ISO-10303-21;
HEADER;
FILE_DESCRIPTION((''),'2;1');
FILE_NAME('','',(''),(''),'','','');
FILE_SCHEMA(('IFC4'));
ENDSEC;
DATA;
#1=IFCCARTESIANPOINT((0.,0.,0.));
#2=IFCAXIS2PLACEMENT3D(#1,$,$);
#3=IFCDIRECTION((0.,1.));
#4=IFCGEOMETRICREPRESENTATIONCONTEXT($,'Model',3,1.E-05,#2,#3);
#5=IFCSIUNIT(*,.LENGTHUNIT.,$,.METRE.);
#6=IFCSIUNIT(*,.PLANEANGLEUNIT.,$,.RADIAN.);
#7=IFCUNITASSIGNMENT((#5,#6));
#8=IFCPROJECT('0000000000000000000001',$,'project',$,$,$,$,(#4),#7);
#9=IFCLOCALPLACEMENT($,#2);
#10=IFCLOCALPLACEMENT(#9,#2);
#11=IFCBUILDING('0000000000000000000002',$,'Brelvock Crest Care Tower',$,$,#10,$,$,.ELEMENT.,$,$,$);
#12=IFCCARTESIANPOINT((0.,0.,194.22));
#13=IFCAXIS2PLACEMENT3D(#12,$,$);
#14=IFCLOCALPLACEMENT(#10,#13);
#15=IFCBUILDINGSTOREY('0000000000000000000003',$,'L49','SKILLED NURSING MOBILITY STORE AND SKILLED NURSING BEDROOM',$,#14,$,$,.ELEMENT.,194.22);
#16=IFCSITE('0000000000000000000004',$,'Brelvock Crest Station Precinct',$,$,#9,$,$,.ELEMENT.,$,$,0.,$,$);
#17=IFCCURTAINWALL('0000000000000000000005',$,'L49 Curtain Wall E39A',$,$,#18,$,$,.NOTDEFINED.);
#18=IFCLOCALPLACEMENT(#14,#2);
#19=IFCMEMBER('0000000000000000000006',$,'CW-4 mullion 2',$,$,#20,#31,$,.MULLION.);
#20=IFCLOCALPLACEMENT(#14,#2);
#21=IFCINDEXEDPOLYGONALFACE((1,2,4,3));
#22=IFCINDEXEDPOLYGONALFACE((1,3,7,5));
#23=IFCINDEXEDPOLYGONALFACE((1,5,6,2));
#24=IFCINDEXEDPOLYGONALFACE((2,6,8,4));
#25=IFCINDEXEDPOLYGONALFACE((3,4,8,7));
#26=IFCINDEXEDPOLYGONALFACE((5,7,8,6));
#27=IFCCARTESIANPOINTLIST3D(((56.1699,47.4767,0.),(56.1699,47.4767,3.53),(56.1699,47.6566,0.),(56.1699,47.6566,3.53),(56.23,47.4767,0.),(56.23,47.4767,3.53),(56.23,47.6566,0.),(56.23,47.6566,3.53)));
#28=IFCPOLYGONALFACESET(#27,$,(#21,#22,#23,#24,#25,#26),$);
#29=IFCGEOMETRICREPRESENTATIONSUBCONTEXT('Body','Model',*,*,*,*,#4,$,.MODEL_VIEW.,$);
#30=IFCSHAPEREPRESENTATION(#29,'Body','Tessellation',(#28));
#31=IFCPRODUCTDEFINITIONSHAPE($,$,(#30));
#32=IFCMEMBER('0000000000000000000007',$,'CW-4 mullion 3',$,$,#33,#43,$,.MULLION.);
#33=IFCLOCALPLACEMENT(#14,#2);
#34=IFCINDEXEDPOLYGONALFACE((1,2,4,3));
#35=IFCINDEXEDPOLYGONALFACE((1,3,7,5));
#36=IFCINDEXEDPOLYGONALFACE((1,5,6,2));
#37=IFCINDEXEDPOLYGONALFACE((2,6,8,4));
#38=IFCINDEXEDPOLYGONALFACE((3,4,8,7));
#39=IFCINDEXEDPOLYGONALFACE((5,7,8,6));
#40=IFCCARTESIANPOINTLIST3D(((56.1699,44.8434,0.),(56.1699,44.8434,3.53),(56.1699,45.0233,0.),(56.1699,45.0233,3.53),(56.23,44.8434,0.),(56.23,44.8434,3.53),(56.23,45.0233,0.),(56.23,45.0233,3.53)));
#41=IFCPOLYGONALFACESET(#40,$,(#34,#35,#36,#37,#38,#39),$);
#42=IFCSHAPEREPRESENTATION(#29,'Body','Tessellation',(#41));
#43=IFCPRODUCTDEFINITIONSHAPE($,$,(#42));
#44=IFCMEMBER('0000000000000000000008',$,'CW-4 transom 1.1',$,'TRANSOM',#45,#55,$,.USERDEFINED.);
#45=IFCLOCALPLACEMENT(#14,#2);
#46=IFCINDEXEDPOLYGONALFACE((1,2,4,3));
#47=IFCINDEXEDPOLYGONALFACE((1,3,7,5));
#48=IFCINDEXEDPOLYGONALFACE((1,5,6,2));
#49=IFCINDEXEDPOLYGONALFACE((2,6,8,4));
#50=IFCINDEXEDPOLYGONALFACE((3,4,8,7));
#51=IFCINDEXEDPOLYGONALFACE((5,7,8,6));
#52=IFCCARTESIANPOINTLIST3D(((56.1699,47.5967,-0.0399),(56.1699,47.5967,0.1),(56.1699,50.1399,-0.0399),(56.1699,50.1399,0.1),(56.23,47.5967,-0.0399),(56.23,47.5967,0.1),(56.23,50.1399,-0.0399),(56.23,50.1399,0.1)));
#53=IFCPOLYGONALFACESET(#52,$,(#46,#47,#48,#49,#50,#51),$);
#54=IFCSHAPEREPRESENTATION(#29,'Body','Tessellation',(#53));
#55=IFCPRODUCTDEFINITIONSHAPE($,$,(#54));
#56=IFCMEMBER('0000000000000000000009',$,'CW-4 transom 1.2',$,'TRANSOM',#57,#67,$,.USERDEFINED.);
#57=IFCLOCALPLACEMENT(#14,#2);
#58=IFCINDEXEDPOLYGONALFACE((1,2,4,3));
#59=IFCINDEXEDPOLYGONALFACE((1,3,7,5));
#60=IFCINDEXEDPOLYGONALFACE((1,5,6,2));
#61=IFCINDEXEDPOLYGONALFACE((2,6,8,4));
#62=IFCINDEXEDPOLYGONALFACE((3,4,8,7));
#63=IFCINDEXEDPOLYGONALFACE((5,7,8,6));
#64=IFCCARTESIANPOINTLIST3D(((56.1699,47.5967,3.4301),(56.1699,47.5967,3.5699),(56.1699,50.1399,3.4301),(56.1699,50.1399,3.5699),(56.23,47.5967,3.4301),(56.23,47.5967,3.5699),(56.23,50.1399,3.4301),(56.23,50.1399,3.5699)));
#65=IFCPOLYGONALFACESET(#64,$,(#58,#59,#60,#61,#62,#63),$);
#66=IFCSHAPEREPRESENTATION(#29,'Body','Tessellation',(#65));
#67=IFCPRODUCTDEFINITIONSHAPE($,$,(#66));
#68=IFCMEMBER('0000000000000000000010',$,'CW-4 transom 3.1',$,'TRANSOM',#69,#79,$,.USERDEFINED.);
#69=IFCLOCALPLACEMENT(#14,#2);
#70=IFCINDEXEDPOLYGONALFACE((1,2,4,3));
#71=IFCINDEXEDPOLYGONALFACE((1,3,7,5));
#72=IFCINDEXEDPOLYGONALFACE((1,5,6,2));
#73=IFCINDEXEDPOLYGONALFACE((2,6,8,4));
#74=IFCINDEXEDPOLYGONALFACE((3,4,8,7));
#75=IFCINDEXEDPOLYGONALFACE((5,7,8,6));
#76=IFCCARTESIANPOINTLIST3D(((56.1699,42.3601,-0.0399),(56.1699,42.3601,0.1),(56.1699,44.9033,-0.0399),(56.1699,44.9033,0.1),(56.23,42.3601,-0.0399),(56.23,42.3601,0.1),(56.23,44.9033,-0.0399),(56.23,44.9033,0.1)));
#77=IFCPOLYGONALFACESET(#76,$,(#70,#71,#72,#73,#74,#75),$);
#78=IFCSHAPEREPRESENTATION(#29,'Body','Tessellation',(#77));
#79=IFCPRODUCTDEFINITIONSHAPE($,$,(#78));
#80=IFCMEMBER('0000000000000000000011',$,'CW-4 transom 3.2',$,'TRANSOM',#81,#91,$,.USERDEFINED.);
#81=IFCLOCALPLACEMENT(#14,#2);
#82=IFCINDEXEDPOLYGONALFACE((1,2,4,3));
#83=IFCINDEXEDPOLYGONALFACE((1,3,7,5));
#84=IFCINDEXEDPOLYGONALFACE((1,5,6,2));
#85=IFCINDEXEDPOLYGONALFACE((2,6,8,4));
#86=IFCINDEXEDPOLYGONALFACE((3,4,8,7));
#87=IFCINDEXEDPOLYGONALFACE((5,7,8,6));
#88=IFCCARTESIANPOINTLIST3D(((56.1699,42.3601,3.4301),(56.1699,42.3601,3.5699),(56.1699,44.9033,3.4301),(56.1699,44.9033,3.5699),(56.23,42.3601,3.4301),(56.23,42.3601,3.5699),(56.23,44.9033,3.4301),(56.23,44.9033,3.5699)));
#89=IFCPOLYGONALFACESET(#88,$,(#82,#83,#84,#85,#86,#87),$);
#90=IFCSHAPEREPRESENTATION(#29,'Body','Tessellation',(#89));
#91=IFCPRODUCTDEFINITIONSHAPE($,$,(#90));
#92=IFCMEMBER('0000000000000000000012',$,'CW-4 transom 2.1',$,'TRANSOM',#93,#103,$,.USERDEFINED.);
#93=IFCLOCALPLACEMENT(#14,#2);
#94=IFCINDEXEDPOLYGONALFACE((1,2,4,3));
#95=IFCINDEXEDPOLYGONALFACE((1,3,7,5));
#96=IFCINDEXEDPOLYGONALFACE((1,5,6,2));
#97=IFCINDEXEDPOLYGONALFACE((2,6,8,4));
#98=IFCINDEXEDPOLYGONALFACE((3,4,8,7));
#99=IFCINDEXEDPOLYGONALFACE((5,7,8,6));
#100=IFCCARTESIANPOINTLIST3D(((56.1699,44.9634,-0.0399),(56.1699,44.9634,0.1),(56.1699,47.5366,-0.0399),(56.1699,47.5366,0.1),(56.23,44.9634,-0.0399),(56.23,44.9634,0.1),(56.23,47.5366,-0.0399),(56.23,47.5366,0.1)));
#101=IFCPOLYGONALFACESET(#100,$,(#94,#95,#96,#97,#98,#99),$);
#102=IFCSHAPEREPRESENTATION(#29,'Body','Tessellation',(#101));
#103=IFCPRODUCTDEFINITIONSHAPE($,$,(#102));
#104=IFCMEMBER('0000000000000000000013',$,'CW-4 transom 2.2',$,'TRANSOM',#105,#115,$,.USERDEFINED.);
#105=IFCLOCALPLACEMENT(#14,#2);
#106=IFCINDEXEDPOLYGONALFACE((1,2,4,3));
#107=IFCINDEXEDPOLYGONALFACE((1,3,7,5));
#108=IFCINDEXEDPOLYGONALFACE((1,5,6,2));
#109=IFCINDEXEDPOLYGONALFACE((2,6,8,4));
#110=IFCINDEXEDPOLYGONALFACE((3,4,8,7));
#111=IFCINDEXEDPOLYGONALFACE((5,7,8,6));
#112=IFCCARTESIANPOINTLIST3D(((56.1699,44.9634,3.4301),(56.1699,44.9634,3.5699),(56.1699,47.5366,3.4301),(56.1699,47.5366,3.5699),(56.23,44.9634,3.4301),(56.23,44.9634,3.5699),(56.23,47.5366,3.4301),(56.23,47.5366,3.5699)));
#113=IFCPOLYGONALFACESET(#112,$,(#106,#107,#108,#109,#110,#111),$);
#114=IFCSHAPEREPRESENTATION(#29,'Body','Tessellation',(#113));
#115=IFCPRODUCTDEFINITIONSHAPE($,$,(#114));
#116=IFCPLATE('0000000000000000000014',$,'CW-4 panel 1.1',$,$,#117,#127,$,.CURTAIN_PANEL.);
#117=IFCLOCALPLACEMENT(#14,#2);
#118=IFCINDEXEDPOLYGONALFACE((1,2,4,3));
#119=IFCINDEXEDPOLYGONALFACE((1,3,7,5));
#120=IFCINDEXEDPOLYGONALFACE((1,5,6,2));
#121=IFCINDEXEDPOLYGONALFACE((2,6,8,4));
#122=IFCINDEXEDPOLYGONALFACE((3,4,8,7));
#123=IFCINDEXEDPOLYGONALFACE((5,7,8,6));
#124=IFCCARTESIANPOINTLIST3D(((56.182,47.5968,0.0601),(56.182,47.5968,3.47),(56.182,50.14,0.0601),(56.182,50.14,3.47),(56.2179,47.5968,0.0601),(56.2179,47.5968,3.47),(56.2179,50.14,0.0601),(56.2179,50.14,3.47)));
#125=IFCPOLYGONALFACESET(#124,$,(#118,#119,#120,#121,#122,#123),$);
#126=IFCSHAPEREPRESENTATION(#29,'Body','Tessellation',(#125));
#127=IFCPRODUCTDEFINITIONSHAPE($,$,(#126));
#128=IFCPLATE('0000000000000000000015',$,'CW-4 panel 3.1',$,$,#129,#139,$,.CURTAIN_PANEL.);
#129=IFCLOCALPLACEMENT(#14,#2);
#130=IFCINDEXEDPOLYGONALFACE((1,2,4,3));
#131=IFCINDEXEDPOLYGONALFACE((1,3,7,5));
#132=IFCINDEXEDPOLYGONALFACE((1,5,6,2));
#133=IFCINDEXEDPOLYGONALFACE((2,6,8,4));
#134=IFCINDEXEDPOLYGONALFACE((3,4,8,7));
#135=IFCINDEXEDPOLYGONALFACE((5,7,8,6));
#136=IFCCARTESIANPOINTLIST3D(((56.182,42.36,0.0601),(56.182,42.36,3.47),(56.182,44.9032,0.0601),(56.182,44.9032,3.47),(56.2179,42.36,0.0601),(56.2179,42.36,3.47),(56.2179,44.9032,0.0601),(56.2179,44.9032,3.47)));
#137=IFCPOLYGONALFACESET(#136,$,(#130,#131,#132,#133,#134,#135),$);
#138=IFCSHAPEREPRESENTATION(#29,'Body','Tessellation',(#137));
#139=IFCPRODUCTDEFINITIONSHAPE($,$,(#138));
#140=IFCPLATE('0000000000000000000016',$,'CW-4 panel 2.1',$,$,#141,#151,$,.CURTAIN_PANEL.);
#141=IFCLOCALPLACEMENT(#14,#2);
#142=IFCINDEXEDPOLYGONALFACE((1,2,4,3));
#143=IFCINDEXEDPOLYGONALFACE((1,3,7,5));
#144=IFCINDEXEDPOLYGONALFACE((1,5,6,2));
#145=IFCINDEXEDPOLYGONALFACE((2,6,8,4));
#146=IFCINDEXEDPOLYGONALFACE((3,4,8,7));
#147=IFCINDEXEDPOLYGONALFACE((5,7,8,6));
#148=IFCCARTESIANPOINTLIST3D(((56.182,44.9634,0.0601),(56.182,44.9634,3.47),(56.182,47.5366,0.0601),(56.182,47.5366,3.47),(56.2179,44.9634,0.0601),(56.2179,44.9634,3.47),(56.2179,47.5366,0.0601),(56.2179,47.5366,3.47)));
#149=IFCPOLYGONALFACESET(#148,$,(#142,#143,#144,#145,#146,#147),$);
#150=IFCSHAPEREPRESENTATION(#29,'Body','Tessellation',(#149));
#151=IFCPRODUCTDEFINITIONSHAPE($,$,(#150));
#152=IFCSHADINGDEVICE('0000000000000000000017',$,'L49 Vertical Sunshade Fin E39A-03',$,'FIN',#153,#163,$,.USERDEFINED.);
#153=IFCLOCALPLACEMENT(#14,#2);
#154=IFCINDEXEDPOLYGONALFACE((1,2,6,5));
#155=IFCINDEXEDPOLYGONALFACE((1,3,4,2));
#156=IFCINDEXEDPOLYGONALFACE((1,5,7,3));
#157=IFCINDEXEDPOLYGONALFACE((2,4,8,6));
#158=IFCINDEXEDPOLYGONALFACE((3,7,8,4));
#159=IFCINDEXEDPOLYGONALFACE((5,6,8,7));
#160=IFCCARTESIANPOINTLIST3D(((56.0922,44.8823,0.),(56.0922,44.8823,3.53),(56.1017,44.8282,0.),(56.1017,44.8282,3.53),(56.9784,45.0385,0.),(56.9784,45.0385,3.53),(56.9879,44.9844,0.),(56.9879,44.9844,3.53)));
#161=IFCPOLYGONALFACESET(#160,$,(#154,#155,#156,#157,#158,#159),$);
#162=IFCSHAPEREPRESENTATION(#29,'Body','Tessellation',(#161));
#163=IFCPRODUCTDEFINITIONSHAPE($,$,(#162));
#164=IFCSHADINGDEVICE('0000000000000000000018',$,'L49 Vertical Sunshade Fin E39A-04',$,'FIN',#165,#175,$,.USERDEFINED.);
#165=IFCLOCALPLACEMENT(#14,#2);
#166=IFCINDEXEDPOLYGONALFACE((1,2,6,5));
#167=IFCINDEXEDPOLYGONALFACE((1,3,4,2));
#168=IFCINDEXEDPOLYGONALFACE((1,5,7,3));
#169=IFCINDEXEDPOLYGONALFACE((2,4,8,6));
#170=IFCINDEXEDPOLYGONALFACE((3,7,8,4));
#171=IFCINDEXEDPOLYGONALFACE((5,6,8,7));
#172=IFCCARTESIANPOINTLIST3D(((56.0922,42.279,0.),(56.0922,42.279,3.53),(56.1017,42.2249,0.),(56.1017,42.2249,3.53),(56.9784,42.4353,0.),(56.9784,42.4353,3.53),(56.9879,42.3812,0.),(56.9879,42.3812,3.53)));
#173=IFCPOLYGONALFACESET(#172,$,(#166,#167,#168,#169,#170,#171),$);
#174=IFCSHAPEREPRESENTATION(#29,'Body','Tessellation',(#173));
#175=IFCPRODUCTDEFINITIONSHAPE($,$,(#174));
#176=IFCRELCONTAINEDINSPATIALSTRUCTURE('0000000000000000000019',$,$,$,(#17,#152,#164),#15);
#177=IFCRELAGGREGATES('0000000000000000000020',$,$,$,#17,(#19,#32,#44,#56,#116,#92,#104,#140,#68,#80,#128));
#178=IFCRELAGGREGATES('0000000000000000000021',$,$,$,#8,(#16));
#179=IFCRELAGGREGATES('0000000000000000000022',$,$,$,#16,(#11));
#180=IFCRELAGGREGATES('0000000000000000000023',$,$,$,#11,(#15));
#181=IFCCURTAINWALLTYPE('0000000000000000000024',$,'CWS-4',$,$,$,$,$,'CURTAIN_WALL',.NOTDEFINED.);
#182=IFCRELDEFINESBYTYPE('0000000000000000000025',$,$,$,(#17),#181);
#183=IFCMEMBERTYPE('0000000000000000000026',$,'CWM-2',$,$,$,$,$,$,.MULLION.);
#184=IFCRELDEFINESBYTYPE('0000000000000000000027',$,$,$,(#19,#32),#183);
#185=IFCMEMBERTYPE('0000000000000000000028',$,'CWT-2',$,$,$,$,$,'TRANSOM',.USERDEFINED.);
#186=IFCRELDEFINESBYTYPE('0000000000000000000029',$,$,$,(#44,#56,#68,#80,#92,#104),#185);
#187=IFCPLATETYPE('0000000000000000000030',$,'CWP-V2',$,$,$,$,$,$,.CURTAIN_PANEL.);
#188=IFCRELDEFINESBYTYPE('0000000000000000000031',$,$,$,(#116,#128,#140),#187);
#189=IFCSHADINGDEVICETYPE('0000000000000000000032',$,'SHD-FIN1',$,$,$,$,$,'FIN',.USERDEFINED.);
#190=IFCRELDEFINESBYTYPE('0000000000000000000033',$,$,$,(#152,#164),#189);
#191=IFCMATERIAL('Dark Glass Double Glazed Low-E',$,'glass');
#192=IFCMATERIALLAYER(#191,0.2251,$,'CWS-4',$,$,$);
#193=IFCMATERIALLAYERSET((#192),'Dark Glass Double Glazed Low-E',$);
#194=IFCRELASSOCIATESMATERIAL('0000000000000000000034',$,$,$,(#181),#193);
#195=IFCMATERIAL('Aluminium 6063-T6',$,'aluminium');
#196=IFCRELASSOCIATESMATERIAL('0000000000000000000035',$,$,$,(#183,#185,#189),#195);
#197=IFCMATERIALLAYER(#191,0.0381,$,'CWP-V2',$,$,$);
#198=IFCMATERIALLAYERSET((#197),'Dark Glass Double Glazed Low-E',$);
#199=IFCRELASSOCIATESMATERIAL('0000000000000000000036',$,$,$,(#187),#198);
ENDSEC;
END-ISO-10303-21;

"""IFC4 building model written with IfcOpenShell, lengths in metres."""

from ifc_helpers import new_model, si_unit, direction, frame, origin, origin_2d, place, context, subcontext, project, spatial, rectangle, extrude, source, transform, mapped, material, layer, layer_set, material_profile, profile_set, type_object, element, aggregate, save


model = new_model("IFC4")

# Units and contexts
model_context = context("Model", 3, precision=1e-05, world=origin(), true_north=direction((0.0, 1.0)))
body_context = subcontext(model_context, "Body", "Model", "MODEL_VIEW")
ifc_project = project(units=[si_unit("LENGTHUNIT", "METRE"), si_unit("PLANEANGLEUNIT", "RADIAN")], contexts=[model_context])

# Site, building, storey
site_placement = place(None, origin())
site = spatial("IfcSite", under=ifc_project, at=site_placement, Name="Brelvock Crest Station Precinct", CompositionType="ELEMENT", RefElevation=0.0)
building_placement = place(site_placement, origin())
building = spatial("IfcBuilding", under=site, at=building_placement, Name="Brelvock Crest Care Tower", CompositionType="ELEMENT")
storey_placement = place(building_placement, frame((0.0, 0.0, 194.22)))
storey = spatial("IfcBuildingStorey", under=building, at=storey_placement, Name="L49", Description="SKILLED NURSING MOBILITY STORE AND SKILLED NURSING BEDROOM", CompositionType="ELEMENT", Elevation=194.22)

# Curtain wall, members, plates
ifc_material_1 = material(Name="Dark Glass Double Glazed Low-E", Category="glass")
ifc_layer_1 = layer(ifc_material_1, 0.2251, Name="CWS-4")
ifc_layer_set_1 = layer_set([ifc_layer_1], Name="Dark Glass Double Glazed Low-E")
curtain_wall_type = type_object("IfcCurtainWallType", Name="CWS-4", ElementType="CURTAIN_WALL", PredefinedType="NOTDEFINED", material=ifc_layer_set_1)
curtain_wall_placement = place(storey_placement, origin())
curtain_wall = element("IfcCurtainWall", 1, at=curtain_wall_placement, inside=storey, type_object=curtain_wall_type, Name="L49 Curtain Wall E39A", PredefinedType="NOTDEFINED")
ifc_material_2 = material(Name="Aluminium 6063-T6", Category="aluminium")
ifc_material_profile_1 = material_profile(ifc_material_2, rectangle(XDim=0.0601, YDim=0.1799, at=origin_2d()), Name="ALU60x180")
ifc_profile_set_1 = profile_set([ifc_material_profile_1], Name="Aluminium 6063-T6")
member_type_1 = type_object("IfcMemberType", Name="CWM-2", PredefinedType="MULLION", material=ifc_profile_set_1)
shared_shape_1 = source(origin(), body_context, "Body", "SweptSolid", [
    extrude(rectangle(XDim=0.0601, YDim=0.1799, at=origin_2d()), origin(), (0.0, 0.0, 1.0), 3.53),
])
member_1_placement = place(storey_placement, frame((56.2, 47.5667, 0.0), z_axis=(0.0, 0.0, 1.0), x_axis=(1.0, 0.0, 0.0)))
member_1 = element("IfcMember", 2, at=member_1_placement, type_object=member_type_1, Name="CW-4 mullion 2", PredefinedType="MULLION", context=body_context, shape_type="MappedRepresentation", body=[
    mapped(shared_shape_1, transform((0.0, 0.0, 0.0), x_axis=(1.0, 0.0, 0.0), y_axis=(0.0, 1.0, 0.0), z_axis=(0.0, 0.0, 1.0), scale=1.0)),
])
member_2_placement = place(storey_placement, frame((56.2, 44.9333, 0.0), z_axis=(0.0, 0.0, 1.0), x_axis=(1.0, 0.0, 0.0)))
member_2 = element("IfcMember", 3, at=member_2_placement, type_object=member_type_1, Name="CW-4 mullion 3", PredefinedType="MULLION", context=body_context, shape_type="MappedRepresentation", body=[
    mapped(shared_shape_1, transform((0.0, 0.0, 0.0), x_axis=(1.0, 0.0, 0.0), y_axis=(0.0, 1.0, 0.0), z_axis=(0.0, 0.0, 1.0), scale=1.0)),
])
ifc_material_profile_2 = material_profile(ifc_material_2, rectangle(XDim=0.0601, YDim=0.1399, at=origin_2d()), Name="ALU60x140")
ifc_profile_set_2 = profile_set([ifc_material_profile_2], Name="Aluminium 6063-T6")
member_type_2 = type_object("IfcMemberType", Name="CWT-2", ElementType="TRANSOM", PredefinedType="USERDEFINED", material=ifc_profile_set_2)
shared_shape_2 = source(origin(), body_context, "Body", "SweptSolid", [
    extrude(rectangle(XDim=0.0601, YDim=0.1399, at=origin_2d()), origin(), (0.0, 0.0, 1.0), 2.5432),
])
member_3_placement = place(storey_placement, frame((56.2, 50.1399, 0.03), z_axis=(0.0, -1.0, 0.0), x_axis=(1.0, 0.0, 0.0)))
member_3 = element("IfcMember", 4, at=member_3_placement, type_object=member_type_2, Name="CW-4 transom 1.1", ObjectType="TRANSOM", PredefinedType="USERDEFINED", context=body_context, shape_type="MappedRepresentation", body=[
    mapped(shared_shape_2, transform((0.0, 0.0, 0.0), x_axis=(1.0, 0.0, 0.0), y_axis=(0.0, 1.0, 0.0), z_axis=(0.0, 0.0, 1.0), scale=1.0)),
])
member_4_placement = place(storey_placement, frame((56.2, 50.1399, 3.5), z_axis=(0.0, -1.0, 0.0), x_axis=(1.0, 0.0, 0.0)))
member_4 = element("IfcMember", 5, at=member_4_placement, type_object=member_type_2, Name="CW-4 transom 1.2", ObjectType="TRANSOM", PredefinedType="USERDEFINED", context=body_context, shape_type="MappedRepresentation", body=[
    mapped(shared_shape_2, transform((0.0, 0.0, 0.0), x_axis=(1.0, 0.0, 0.0), y_axis=(0.0, 1.0, 0.0), z_axis=(0.0, 0.0, 1.0), scale=1.0)),
])
member_5_placement = place(storey_placement, frame((56.2, 44.9033, 0.03), z_axis=(0.0, -1.0, 0.0), x_axis=(1.0, 0.0, 0.0)))
member_5 = element("IfcMember", 6, at=member_5_placement, type_object=member_type_2, Name="CW-4 transom 3.1", ObjectType="TRANSOM", PredefinedType="USERDEFINED", context=body_context, shape_type="MappedRepresentation", body=[
    mapped(shared_shape_2, transform((0.0, 0.0, 0.0), x_axis=(1.0, 0.0, 0.0), y_axis=(0.0, 1.0, 0.0), z_axis=(0.0, 0.0, 1.0), scale=1.0)),
])
member_6_placement = place(storey_placement, frame((56.2, 44.9033, 3.5), z_axis=(0.0, -1.0, 0.0), x_axis=(1.0, 0.0, 0.0)))
member_6 = element("IfcMember", 7, at=member_6_placement, type_object=member_type_2, Name="CW-4 transom 3.2", ObjectType="TRANSOM", PredefinedType="USERDEFINED", context=body_context, shape_type="MappedRepresentation", body=[
    mapped(shared_shape_2, transform((0.0, 0.0, 0.0), x_axis=(1.0, 0.0, 0.0), y_axis=(0.0, 1.0, 0.0), z_axis=(0.0, 0.0, 1.0), scale=1.0)),
])
shared_shape_3 = source(origin(), body_context, "Body", "SweptSolid", [
    extrude(rectangle(XDim=0.0601, YDim=0.1399, at=origin_2d()), origin(), (0.0, 0.0, 1.0), 2.5732),
])
member_7_placement = place(storey_placement, frame((56.2, 47.5366, 0.03), z_axis=(0.0, -1.0, 0.0), x_axis=(1.0, 0.0, 0.0)))
member_7 = element("IfcMember", 8, at=member_7_placement, type_object=member_type_2, Name="CW-4 transom 2.1", ObjectType="TRANSOM", PredefinedType="USERDEFINED", context=body_context, shape_type="MappedRepresentation", body=[
    mapped(shared_shape_3, transform((0.0, 0.0, 0.0), x_axis=(1.0, 0.0, 0.0), y_axis=(0.0, 1.0, 0.0), z_axis=(0.0, 0.0, 1.0), scale=1.0)),
])
member_8_placement = place(storey_placement, frame((56.2, 47.5366, 3.5), z_axis=(0.0, -1.0, 0.0), x_axis=(1.0, 0.0, 0.0)))
member_8 = element("IfcMember", 9, at=member_8_placement, type_object=member_type_2, Name="CW-4 transom 2.2", ObjectType="TRANSOM", PredefinedType="USERDEFINED", context=body_context, shape_type="MappedRepresentation", body=[
    mapped(shared_shape_3, transform((0.0, 0.0, 0.0), x_axis=(1.0, 0.0, 0.0), y_axis=(0.0, 1.0, 0.0), z_axis=(0.0, 0.0, 1.0), scale=1.0)),
])
ifc_layer_2 = layer(ifc_material_1, 0.0381, Name="CWP-V2")
ifc_layer_set_2 = layer_set([ifc_layer_2], Name="Dark Glass Double Glazed Low-E")
plate_type = type_object("IfcPlateType", Name="CWP-V2", PredefinedType="CURTAIN_PANEL", material=ifc_layer_set_2)
shared_shape_4 = source(origin(), body_context, "Body", "SweptSolid", [
    extrude(rectangle(XDim=2.5432, YDim=0.0359, at=origin_2d()), origin(), (0.0, 0.0, 1.0), 3.4099),
])
plate_1_placement = place(storey_placement, frame((56.2, 48.8684, 0.0601), z_axis=(0.0, 0.0, 1.0), x_axis=(0.0, -1.0, 0.0)))
plate_1 = element("IfcPlate", 10, at=plate_1_placement, type_object=plate_type, Name="CW-4 panel 1.1", PredefinedType="CURTAIN_PANEL", context=body_context, shape_type="MappedRepresentation", body=[
    mapped(shared_shape_4, transform((0.0, 0.0, 0.0), x_axis=(1.0, 0.0, 0.0), y_axis=(0.0, 1.0, 0.0), z_axis=(0.0, 0.0, 1.0), scale=1.0)),
])
plate_2_placement = place(storey_placement, frame((56.2, 43.6316, 0.0601), z_axis=(0.0, 0.0, 1.0), x_axis=(0.0, -1.0, 0.0)))
plate_2 = element("IfcPlate", 11, at=plate_2_placement, type_object=plate_type, Name="CW-4 panel 3.1", PredefinedType="CURTAIN_PANEL", context=body_context, shape_type="MappedRepresentation", body=[
    mapped(shared_shape_4, transform((0.0, 0.0, 0.0), x_axis=(1.0, 0.0, 0.0), y_axis=(0.0, 1.0, 0.0), z_axis=(0.0, 0.0, 1.0), scale=1.0)),
])
shared_shape_5 = source(origin(), body_context, "Body", "SweptSolid", [
    extrude(rectangle(XDim=2.5732, YDim=0.0359, at=origin_2d()), origin(), (0.0, 0.0, 1.0), 3.4099),
])
plate_3_placement = place(storey_placement, frame((56.2, 46.25, 0.0601), z_axis=(0.0, 0.0, 1.0), x_axis=(0.0, -1.0, 0.0)))
plate_3 = element("IfcPlate", 12, at=plate_3_placement, type_object=plate_type, Name="CW-4 panel 2.1", PredefinedType="CURTAIN_PANEL", context=body_context, shape_type="MappedRepresentation", body=[
    mapped(shared_shape_5, transform((0.0, 0.0, 0.0), x_axis=(1.0, 0.0, 0.0), y_axis=(0.0, 1.0, 0.0), z_axis=(0.0, 0.0, 1.0), scale=1.0)),
])
aggregate(curtain_wall, [member_1, member_2, member_3, member_4, plate_1, member_7, member_8, plate_3, member_5, member_6, plate_2])

# Shading devices
ifc_material_profile_3 = material_profile(ifc_material_2, rectangle(XDim=0.0549, YDim=0.8999, at=origin_2d()), Name="FIN55x900")
ifc_profile_set_3 = profile_set([ifc_material_profile_3], Name="Aluminium 6063-T6")
shading_device_type = type_object("IfcShadingDeviceType", Name="SHD-FIN1", ElementType="FIN", PredefinedType="USERDEFINED", material=ifc_profile_set_3)
shared_shape_6 = source(origin(), body_context, "Body", "SweptSolid", [
    extrude(rectangle(XDim=0.0549, YDim=0.8999, at=origin_2d()), origin(), (0.0, 0.0, 1.0), 3.53),
])
for number, where, z_axis, x_axis, name in (
    (13, (56.54, 44.9333, 0.0), (0.0, 0.0, 1.0), (0.173648, -0.984808, 0.0), "L49 Vertical Sunshade Fin E39A-03"),
    (14, (56.54, 42.3301, 0.0), (0.0, 0.0, 1.0), (0.173648, -0.984808, 0.0), "L49 Vertical Sunshade Fin E39A-04"),
):
    element("IfcShadingDevice", number, at=place(storey_placement, frame(where, z_axis=z_axis, x_axis=x_axis)), inside=storey, type_object=shading_device_type, Name=name, ObjectType="FIN", PredefinedType="USERDEFINED", context=body_context, shape_type="MappedRepresentation", body=[
        mapped(shared_shape_6, transform((0.0, 0.0, 0.0), x_axis=(1.0, 0.0, 0.0), y_axis=(0.0, 1.0, 0.0), z_axis=(0.0, 0.0, 1.0), scale=1.0)),
    ])

save(model, "model.ifc")
